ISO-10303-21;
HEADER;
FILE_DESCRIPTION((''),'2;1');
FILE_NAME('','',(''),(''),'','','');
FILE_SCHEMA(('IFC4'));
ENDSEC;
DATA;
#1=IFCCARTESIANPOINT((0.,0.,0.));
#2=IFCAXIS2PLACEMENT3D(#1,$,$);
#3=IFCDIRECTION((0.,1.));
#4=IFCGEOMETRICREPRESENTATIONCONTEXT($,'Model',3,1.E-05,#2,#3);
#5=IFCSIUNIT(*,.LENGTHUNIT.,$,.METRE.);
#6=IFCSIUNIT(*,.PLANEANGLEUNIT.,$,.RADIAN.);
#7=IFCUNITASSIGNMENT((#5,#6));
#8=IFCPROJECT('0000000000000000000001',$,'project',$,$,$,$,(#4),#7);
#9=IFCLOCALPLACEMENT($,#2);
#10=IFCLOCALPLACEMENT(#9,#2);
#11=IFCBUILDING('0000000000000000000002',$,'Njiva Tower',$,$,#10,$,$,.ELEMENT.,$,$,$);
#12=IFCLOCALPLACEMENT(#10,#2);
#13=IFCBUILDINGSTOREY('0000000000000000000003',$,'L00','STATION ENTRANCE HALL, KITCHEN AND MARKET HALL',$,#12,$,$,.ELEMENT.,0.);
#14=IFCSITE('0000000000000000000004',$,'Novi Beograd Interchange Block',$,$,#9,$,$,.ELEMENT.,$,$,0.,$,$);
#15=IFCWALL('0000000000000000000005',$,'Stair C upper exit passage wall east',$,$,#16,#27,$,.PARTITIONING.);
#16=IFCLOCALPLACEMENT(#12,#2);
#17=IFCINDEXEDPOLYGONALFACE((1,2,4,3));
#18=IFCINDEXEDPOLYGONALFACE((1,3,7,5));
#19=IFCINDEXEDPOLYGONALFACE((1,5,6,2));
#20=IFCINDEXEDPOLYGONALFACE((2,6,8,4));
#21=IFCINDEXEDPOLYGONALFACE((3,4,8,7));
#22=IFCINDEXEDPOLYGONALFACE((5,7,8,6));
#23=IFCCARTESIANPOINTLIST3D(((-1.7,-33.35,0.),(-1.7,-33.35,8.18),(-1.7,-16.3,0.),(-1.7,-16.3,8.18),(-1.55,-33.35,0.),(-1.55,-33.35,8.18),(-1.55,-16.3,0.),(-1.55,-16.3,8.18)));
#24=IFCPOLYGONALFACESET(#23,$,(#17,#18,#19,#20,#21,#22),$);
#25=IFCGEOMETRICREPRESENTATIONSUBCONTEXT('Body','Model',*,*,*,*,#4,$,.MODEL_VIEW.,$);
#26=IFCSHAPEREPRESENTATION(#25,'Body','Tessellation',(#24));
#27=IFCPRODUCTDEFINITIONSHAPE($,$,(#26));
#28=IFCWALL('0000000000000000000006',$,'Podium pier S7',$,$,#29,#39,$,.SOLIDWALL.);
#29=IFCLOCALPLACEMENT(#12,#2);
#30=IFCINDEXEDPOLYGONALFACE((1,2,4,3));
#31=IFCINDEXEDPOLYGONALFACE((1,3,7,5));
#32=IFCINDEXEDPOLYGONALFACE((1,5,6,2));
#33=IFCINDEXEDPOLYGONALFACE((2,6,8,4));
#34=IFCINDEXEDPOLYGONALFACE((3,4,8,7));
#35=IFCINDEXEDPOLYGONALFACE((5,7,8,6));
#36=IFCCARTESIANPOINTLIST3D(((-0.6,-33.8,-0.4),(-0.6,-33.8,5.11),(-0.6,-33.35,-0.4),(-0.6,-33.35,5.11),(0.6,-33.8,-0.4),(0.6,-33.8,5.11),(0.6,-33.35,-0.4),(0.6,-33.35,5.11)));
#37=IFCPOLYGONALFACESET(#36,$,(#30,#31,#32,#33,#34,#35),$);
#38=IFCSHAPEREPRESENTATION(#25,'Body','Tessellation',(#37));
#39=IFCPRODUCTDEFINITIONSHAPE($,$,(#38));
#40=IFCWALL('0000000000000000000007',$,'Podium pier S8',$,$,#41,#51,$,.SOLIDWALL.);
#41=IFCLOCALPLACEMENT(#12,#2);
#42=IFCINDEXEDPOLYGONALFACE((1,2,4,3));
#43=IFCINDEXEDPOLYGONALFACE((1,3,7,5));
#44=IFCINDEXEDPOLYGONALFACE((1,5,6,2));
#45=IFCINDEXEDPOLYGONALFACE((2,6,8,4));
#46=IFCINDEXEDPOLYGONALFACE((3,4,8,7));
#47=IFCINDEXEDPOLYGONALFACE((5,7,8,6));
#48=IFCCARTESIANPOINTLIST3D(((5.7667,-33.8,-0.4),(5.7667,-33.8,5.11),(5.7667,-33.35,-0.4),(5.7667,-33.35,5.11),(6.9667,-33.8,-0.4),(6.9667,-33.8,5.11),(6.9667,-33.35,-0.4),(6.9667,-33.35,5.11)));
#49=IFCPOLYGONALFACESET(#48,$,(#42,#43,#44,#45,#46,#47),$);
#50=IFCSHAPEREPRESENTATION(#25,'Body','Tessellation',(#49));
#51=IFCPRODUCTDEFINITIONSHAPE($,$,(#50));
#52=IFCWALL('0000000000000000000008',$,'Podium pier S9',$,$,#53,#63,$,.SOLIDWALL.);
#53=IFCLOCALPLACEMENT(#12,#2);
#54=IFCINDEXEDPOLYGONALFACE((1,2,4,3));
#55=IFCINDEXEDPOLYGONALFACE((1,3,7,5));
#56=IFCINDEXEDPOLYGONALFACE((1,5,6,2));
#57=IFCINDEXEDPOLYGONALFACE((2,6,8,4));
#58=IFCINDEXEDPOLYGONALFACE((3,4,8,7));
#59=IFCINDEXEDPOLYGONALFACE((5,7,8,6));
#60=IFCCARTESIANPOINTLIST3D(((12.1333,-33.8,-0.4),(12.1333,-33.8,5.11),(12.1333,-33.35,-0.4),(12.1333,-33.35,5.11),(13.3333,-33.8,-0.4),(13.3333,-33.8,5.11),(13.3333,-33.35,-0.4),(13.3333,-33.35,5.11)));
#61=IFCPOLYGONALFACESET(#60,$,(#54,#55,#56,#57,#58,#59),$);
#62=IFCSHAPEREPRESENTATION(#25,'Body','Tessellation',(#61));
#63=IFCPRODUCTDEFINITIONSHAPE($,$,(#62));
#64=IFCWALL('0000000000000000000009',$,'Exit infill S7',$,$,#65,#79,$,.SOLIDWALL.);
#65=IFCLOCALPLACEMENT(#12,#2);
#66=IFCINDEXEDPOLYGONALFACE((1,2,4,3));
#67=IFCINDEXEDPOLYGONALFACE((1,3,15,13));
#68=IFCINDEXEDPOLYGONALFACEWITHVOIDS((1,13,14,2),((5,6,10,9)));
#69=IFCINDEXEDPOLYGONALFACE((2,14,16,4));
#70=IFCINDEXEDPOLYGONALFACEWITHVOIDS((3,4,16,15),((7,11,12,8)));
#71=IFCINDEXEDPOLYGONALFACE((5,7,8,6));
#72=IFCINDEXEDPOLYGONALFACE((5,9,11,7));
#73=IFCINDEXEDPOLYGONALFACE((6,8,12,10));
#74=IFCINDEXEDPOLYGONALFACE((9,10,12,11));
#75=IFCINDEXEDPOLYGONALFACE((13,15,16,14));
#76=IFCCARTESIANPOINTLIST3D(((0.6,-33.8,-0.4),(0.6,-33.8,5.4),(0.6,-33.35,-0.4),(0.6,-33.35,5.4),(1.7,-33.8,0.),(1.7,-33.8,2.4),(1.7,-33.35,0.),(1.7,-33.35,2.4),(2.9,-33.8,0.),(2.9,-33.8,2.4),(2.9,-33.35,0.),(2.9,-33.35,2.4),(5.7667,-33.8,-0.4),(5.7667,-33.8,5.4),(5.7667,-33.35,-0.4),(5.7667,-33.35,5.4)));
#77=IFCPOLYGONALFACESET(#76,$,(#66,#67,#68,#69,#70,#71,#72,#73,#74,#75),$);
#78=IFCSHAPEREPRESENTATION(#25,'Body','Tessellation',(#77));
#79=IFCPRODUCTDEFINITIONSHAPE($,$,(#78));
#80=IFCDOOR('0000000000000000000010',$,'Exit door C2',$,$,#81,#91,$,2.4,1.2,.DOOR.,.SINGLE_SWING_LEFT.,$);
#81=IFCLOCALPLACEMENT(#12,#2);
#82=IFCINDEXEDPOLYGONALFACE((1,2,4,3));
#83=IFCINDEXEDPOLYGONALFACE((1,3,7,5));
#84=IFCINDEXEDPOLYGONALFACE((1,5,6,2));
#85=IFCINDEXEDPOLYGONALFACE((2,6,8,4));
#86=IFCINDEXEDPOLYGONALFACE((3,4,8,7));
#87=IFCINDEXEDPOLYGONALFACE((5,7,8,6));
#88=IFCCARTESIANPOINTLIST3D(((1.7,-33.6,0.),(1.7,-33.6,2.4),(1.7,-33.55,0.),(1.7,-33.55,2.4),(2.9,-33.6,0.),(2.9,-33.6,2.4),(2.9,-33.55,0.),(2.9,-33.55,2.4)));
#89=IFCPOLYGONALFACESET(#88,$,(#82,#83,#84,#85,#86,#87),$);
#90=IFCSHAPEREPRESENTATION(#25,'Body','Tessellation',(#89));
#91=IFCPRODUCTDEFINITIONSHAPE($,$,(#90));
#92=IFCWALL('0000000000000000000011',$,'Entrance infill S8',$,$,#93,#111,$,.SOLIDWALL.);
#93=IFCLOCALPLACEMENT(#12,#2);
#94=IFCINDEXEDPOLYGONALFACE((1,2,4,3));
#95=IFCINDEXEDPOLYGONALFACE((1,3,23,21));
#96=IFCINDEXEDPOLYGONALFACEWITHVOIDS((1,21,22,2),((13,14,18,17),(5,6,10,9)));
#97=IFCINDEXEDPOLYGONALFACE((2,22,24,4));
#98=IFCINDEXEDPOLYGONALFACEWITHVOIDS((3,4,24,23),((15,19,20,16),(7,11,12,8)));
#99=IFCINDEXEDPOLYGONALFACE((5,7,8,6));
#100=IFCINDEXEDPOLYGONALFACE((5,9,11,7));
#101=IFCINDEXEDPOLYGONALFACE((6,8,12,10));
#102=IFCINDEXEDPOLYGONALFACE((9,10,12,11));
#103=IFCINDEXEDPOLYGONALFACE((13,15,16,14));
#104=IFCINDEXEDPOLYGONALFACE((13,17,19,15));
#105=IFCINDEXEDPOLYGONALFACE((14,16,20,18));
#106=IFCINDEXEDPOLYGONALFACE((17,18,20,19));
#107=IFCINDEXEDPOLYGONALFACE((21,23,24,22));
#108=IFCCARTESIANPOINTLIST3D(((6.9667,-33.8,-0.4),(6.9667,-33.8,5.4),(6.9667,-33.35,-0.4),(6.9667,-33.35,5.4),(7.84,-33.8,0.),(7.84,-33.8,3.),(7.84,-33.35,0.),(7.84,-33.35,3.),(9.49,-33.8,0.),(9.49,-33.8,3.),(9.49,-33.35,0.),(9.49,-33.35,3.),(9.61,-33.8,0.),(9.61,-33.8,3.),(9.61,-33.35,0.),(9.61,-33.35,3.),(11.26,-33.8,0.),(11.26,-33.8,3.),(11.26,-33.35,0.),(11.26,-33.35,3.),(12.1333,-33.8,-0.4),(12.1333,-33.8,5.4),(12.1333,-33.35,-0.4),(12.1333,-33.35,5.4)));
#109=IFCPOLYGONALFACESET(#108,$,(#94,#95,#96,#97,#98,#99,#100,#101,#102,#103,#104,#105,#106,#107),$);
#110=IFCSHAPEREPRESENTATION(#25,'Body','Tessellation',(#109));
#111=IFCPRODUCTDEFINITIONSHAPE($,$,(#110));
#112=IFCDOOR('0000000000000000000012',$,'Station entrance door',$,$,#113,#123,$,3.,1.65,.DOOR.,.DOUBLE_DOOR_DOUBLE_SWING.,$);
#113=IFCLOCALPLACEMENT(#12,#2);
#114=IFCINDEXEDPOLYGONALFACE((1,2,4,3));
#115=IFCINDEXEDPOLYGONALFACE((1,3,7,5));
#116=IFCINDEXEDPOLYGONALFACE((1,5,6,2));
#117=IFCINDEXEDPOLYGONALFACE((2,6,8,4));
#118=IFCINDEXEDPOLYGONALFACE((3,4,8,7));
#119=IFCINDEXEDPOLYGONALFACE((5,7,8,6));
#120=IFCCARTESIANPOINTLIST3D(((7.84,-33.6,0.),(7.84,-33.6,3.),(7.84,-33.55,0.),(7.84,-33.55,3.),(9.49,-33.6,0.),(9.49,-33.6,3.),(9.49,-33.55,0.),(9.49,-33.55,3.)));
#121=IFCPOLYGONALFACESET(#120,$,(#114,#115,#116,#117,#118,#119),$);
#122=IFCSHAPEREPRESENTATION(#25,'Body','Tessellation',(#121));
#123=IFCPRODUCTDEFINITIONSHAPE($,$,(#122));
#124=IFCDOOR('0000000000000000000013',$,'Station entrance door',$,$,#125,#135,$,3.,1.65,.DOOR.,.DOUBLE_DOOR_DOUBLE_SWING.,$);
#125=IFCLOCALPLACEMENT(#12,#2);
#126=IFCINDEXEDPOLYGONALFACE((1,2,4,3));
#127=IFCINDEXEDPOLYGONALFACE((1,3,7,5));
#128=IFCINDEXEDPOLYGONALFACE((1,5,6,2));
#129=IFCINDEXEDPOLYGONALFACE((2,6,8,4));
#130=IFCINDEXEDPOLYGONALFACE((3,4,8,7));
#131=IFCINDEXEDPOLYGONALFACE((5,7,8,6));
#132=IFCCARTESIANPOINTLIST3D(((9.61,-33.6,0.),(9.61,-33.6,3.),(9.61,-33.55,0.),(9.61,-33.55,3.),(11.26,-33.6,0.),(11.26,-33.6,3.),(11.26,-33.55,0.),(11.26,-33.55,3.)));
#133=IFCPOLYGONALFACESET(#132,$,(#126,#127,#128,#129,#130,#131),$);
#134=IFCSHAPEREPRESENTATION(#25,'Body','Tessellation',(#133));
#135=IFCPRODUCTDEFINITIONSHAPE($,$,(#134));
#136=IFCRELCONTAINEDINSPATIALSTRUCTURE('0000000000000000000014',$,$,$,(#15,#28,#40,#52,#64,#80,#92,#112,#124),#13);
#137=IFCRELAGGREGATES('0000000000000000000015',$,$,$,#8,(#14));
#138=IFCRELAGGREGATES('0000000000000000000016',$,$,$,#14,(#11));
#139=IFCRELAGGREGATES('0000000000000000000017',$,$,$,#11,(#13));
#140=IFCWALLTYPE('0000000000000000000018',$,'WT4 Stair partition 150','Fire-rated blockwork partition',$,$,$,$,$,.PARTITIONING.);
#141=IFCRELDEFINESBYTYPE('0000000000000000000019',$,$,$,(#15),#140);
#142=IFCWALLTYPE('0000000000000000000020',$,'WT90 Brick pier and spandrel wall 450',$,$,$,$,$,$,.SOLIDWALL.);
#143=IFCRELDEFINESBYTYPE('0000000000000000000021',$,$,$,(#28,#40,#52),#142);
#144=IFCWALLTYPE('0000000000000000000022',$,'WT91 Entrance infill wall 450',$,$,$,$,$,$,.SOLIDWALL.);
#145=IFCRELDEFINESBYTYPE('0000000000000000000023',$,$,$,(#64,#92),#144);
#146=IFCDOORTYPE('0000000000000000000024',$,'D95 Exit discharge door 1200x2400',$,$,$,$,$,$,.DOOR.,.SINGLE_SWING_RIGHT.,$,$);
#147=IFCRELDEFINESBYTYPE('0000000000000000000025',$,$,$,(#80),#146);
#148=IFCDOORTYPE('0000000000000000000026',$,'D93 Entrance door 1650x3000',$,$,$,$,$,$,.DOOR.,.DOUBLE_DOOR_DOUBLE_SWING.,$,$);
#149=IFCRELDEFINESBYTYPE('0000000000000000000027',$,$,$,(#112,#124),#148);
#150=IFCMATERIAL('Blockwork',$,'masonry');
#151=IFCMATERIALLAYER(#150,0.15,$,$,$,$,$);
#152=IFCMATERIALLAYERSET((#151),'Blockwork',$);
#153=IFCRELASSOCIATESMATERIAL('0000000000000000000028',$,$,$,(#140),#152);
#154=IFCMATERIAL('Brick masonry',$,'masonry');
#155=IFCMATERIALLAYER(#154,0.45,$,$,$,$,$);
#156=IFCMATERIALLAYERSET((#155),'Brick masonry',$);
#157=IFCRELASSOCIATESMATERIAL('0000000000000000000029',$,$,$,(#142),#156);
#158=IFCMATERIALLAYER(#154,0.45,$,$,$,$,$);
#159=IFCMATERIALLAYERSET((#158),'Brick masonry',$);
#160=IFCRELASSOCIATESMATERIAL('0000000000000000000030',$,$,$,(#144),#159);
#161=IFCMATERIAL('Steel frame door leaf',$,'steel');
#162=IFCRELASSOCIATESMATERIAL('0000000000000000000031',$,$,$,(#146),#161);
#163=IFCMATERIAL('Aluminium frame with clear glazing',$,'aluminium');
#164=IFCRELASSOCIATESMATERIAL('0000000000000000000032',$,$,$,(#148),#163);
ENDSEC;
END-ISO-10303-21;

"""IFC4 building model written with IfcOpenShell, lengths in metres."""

from ifc_helpers import new_model, si_unit, direction, frame, frame_2d, origin, place, context, subcontext, project, spatial, polyline, rectangle, outline, extrude, material, layer, layer_set, type_object, element, fill, save


model = new_model("IFC4")

# Units and contexts
model_context = context("Model", 3, precision=1e-05, world=origin(), true_north=direction((0.0, 1.0)))
body_context = subcontext(model_context, "Body", "Model", "MODEL_VIEW")
ifc_project = project(units=[si_unit("LENGTHUNIT", "METRE"), si_unit("PLANEANGLEUNIT", "RADIAN")], contexts=[model_context])

# Site, building, storey
site_placement = place(None, origin())
site = spatial("IfcSite", under=ifc_project, at=site_placement, Name="Novi Beograd Interchange Block", CompositionType="ELEMENT", RefElevation=0.0)
building_placement = place(site_placement, origin())
building = spatial("IfcBuilding", under=site, at=building_placement, Name="Njiva Tower", CompositionType="ELEMENT")
storey_placement = place(building_placement, origin())
storey = spatial("IfcBuildingStorey", under=building, at=storey_placement, Name="L00", Description="STATION ENTRANCE HALL, KITCHEN AND MARKET HALL", CompositionType="ELEMENT", Elevation=0.0)

# Walls
ifc_material_1 = material(Name="Blockwork", Category="masonry")
ifc_layer_1 = layer(ifc_material_1, 0.15)
ifc_layer_set_1 = layer_set([ifc_layer_1], Name="Blockwork")
wall_type_1 = type_object("IfcWallType", Name="WT4 Stair partition 150", Description="Fire-rated blockwork partition", PredefinedType="PARTITIONING", material=ifc_layer_set_1)
wall_1_placement = place(storey_placement, frame((-1.625, -33.35, 0.0), z_axis=(0.0, 0.0, 1.0), x_axis=(0.0, 1.0, 0.0)))
element("IfcWall", 1, at=wall_1_placement, inside=storey, type_object=wall_type_1, Name="Stair C upper exit passage wall east", PredefinedType="PARTITIONING", context=body_context, shape_type="SweptSolid", body=[
    extrude(rectangle(XDim=17.05, YDim=0.15, at=frame_2d((8.525, 0.0))), origin(), (0.0, 0.0, 1.0), 8.18),
])
ifc_material_2 = material(Name="Brick masonry", Category="masonry")
ifc_layer_2 = layer(ifc_material_2, 0.45)
ifc_layer_set_2 = layer_set([ifc_layer_2], Name="Brick masonry")
wall_type_2 = type_object("IfcWallType", Name="WT90 Brick pier and spandrel wall 450", PredefinedType="SOLIDWALL", material=ifc_layer_set_2)
for number, where, z_axis, x_axis, name in (
    (2, (-0.6, -33.575, -0.4), (0.0, 0.0, 1.0), (1.0, 0.0, 0.0), "Podium pier S7"),
    (3, (5.7667, -33.575, -0.4), (0.0, 0.0, 1.0), (1.0, 0.0, 0.0), "Podium pier S8"),
    (4, (12.1333, -33.575, -0.4), (0.0, 0.0, 1.0), (1.0, 0.0, 0.0), "Podium pier S9"),
):
    element("IfcWall", number, at=place(storey_placement, frame(where, z_axis=z_axis, x_axis=x_axis)), inside=storey, type_object=wall_type_2, Name=name, PredefinedType="SOLIDWALL", context=body_context, shape_type="SweptSolid", body=[
        extrude(outline(polyline([(0.0, -0.225), (1.2, -0.225), (1.2, 0.225), (0.0, 0.225), (0.0, -0.225)])), origin(), (0.0, 0.0, 1.0), 5.51),
    ])

# Wall, opening, door
ifc_layer_3 = layer(ifc_material_2, 0.45)
ifc_layer_set_3 = layer_set([ifc_layer_3], Name="Brick masonry")
wall_type_3 = type_object("IfcWallType", Name="WT91 Entrance infill wall 450", PredefinedType="SOLIDWALL", material=ifc_layer_set_3)
wall_2_placement = place(storey_placement, frame((0.6, -33.575, -0.4), z_axis=(0.0, 0.0, 1.0), x_axis=(1.0, 0.0, 0.0)))
wall_2 = element("IfcWall", 5, at=wall_2_placement, inside=storey, type_object=wall_type_3, Name="Exit infill S7", PredefinedType="SOLIDWALL", context=body_context, shape_type="SweptSolid", body=[
    extrude(outline(polyline([(0.0, -0.225), (5.1667, -0.225), (5.1667, 0.225), (0.0, 0.225), (0.0, -0.225)])), origin(), (0.0, 0.0, 1.0), 5.8),
])
opening_1_placement = place(wall_2_placement, frame((1.1, 0.0, 0.4)))
opening_1 = element("IfcOpeningElement", 6, at=opening_1_placement, cuts=wall_2, PredefinedType="OPENING", context=body_context, shape_type="SweptSolid", body=[
    extrude(rectangle(XDim=1.2, YDim=2.4, at=frame_2d((0.6, 1.2))), frame((0.0, 0.235, 0.0), z_axis=(0.0, -1.0, 0.0), x_axis=(1.0, 0.0, 0.0)), (0.0, 0.0, 1.0), 0.47),
])
ifc_material_3 = material(Name="Steel frame door leaf", Category="steel")
door_type_1 = type_object("IfcDoorType", Name="D95 Exit discharge door 1200x2400", OperationType="SINGLE_SWING_RIGHT", PredefinedType="DOOR", material=ifc_material_3)
door_1_placement = place(opening_1_placement, frame((1.2, 0.0, 0.0), z_axis=(0.0, 0.0, 1.0), x_axis=(-1.0, 0.0, 0.0)))
door_1 = element("IfcDoor", 7, at=door_1_placement, inside=storey, type_object=door_type_1, Name="Exit door C2", OperationType="SINGLE_SWING_LEFT", OverallHeight=2.4, OverallWidth=1.2, PredefinedType="DOOR", context=body_context, shape_type="SweptSolid", body=[
    extrude(rectangle(XDim=1.2, YDim=2.4, at=frame_2d((0.6, 1.2))), frame((0.0, 0.025, 0.0), z_axis=(0.0, -1.0, 0.0), x_axis=(1.0, 0.0, 0.0)), (0.0, 0.0, 1.0), 0.05),
])
fill(opening_1, door_1)

# Wall, openings, doors
wall_3_placement = place(storey_placement, frame((6.9667, -33.575, -0.4), z_axis=(0.0, 0.0, 1.0), x_axis=(1.0, 0.0, 0.0)))
wall_3 = element("IfcWall", 8, at=wall_3_placement, inside=storey, type_object=wall_type_3, Name="Entrance infill S8", PredefinedType="SOLIDWALL", context=body_context, shape_type="SweptSolid", body=[
    extrude(outline(polyline([(0.0, -0.225), (5.1666, -0.225), (5.1666, 0.225), (0.0, 0.225), (0.0, -0.225)])), origin(), (0.0, 0.0, 1.0), 5.8),
])
opening_2_placement = place(wall_3_placement, frame((0.8733, 0.0, 0.4)))
opening_2 = element("IfcOpeningElement", 9, at=opening_2_placement, cuts=wall_3, PredefinedType="OPENING", context=body_context, shape_type="SweptSolid", body=[
    extrude(rectangle(XDim=1.65, YDim=3.0, at=frame_2d((0.825, 1.5))), frame((0.0, 0.235, 0.0), z_axis=(0.0, -1.0, 0.0), x_axis=(1.0, 0.0, 0.0)), (0.0, 0.0, 1.0), 0.47),
])
opening_3_placement = place(wall_3_placement, frame((2.6433, 0.0, 0.4)))
opening_3 = element("IfcOpeningElement", 10, at=opening_3_placement, cuts=wall_3, PredefinedType="OPENING", context=body_context, shape_type="SweptSolid", body=[
    extrude(rectangle(XDim=1.65, YDim=3.0, at=frame_2d((0.825, 1.5))), frame((0.0, 0.235, 0.0), z_axis=(0.0, -1.0, 0.0), x_axis=(1.0, 0.0, 0.0)), (0.0, 0.0, 1.0), 0.47),
])
ifc_material_4 = material(Name="Aluminium frame with clear glazing", Category="aluminium")
door_type_2 = type_object("IfcDoorType", Name="D93 Entrance door 1650x3000", OperationType="DOUBLE_DOOR_DOUBLE_SWING", PredefinedType="DOOR", material=ifc_material_4)
door_2_placement = place(opening_2_placement, frame((1.65, 0.0, 0.0), z_axis=(0.0, 0.0, 1.0), x_axis=(-1.0, 0.0, 0.0)))
door_2 = element("IfcDoor", 11, at=door_2_placement, inside=storey, type_object=door_type_2, Name="Station entrance door", OperationType="DOUBLE_DOOR_DOUBLE_SWING", OverallHeight=3.0, OverallWidth=1.65, PredefinedType="DOOR", context=body_context, shape_type="SweptSolid", body=[
    extrude(rectangle(XDim=1.65, YDim=3.0, at=frame_2d((0.825, 1.5))), frame((0.0, 0.025, 0.0), z_axis=(0.0, -1.0, 0.0), x_axis=(1.0, 0.0, 0.0)), (0.0, 0.0, 1.0), 0.05),
])
fill(opening_2, door_2)
door_3_placement = place(opening_3_placement, frame((1.65, 0.0, 0.0), z_axis=(0.0, 0.0, 1.0), x_axis=(-1.0, 0.0, 0.0)))
door_3 = element("IfcDoor", 12, at=door_3_placement, inside=storey, type_object=door_type_2, Name="Station entrance door", OperationType="DOUBLE_DOOR_DOUBLE_SWING", OverallHeight=3.0, OverallWidth=1.65, PredefinedType="DOOR", context=body_context, shape_type="SweptSolid", body=[
    extrude(rectangle(XDim=1.65, YDim=3.0, at=frame_2d((0.825, 1.5))), frame((0.0, 0.025, 0.0), z_axis=(0.0, -1.0, 0.0), x_axis=(1.0, 0.0, 0.0)), (0.0, 0.0, 1.0), 0.05),
])
fill(opening_3, door_3)

save(model, "model.ifc")
